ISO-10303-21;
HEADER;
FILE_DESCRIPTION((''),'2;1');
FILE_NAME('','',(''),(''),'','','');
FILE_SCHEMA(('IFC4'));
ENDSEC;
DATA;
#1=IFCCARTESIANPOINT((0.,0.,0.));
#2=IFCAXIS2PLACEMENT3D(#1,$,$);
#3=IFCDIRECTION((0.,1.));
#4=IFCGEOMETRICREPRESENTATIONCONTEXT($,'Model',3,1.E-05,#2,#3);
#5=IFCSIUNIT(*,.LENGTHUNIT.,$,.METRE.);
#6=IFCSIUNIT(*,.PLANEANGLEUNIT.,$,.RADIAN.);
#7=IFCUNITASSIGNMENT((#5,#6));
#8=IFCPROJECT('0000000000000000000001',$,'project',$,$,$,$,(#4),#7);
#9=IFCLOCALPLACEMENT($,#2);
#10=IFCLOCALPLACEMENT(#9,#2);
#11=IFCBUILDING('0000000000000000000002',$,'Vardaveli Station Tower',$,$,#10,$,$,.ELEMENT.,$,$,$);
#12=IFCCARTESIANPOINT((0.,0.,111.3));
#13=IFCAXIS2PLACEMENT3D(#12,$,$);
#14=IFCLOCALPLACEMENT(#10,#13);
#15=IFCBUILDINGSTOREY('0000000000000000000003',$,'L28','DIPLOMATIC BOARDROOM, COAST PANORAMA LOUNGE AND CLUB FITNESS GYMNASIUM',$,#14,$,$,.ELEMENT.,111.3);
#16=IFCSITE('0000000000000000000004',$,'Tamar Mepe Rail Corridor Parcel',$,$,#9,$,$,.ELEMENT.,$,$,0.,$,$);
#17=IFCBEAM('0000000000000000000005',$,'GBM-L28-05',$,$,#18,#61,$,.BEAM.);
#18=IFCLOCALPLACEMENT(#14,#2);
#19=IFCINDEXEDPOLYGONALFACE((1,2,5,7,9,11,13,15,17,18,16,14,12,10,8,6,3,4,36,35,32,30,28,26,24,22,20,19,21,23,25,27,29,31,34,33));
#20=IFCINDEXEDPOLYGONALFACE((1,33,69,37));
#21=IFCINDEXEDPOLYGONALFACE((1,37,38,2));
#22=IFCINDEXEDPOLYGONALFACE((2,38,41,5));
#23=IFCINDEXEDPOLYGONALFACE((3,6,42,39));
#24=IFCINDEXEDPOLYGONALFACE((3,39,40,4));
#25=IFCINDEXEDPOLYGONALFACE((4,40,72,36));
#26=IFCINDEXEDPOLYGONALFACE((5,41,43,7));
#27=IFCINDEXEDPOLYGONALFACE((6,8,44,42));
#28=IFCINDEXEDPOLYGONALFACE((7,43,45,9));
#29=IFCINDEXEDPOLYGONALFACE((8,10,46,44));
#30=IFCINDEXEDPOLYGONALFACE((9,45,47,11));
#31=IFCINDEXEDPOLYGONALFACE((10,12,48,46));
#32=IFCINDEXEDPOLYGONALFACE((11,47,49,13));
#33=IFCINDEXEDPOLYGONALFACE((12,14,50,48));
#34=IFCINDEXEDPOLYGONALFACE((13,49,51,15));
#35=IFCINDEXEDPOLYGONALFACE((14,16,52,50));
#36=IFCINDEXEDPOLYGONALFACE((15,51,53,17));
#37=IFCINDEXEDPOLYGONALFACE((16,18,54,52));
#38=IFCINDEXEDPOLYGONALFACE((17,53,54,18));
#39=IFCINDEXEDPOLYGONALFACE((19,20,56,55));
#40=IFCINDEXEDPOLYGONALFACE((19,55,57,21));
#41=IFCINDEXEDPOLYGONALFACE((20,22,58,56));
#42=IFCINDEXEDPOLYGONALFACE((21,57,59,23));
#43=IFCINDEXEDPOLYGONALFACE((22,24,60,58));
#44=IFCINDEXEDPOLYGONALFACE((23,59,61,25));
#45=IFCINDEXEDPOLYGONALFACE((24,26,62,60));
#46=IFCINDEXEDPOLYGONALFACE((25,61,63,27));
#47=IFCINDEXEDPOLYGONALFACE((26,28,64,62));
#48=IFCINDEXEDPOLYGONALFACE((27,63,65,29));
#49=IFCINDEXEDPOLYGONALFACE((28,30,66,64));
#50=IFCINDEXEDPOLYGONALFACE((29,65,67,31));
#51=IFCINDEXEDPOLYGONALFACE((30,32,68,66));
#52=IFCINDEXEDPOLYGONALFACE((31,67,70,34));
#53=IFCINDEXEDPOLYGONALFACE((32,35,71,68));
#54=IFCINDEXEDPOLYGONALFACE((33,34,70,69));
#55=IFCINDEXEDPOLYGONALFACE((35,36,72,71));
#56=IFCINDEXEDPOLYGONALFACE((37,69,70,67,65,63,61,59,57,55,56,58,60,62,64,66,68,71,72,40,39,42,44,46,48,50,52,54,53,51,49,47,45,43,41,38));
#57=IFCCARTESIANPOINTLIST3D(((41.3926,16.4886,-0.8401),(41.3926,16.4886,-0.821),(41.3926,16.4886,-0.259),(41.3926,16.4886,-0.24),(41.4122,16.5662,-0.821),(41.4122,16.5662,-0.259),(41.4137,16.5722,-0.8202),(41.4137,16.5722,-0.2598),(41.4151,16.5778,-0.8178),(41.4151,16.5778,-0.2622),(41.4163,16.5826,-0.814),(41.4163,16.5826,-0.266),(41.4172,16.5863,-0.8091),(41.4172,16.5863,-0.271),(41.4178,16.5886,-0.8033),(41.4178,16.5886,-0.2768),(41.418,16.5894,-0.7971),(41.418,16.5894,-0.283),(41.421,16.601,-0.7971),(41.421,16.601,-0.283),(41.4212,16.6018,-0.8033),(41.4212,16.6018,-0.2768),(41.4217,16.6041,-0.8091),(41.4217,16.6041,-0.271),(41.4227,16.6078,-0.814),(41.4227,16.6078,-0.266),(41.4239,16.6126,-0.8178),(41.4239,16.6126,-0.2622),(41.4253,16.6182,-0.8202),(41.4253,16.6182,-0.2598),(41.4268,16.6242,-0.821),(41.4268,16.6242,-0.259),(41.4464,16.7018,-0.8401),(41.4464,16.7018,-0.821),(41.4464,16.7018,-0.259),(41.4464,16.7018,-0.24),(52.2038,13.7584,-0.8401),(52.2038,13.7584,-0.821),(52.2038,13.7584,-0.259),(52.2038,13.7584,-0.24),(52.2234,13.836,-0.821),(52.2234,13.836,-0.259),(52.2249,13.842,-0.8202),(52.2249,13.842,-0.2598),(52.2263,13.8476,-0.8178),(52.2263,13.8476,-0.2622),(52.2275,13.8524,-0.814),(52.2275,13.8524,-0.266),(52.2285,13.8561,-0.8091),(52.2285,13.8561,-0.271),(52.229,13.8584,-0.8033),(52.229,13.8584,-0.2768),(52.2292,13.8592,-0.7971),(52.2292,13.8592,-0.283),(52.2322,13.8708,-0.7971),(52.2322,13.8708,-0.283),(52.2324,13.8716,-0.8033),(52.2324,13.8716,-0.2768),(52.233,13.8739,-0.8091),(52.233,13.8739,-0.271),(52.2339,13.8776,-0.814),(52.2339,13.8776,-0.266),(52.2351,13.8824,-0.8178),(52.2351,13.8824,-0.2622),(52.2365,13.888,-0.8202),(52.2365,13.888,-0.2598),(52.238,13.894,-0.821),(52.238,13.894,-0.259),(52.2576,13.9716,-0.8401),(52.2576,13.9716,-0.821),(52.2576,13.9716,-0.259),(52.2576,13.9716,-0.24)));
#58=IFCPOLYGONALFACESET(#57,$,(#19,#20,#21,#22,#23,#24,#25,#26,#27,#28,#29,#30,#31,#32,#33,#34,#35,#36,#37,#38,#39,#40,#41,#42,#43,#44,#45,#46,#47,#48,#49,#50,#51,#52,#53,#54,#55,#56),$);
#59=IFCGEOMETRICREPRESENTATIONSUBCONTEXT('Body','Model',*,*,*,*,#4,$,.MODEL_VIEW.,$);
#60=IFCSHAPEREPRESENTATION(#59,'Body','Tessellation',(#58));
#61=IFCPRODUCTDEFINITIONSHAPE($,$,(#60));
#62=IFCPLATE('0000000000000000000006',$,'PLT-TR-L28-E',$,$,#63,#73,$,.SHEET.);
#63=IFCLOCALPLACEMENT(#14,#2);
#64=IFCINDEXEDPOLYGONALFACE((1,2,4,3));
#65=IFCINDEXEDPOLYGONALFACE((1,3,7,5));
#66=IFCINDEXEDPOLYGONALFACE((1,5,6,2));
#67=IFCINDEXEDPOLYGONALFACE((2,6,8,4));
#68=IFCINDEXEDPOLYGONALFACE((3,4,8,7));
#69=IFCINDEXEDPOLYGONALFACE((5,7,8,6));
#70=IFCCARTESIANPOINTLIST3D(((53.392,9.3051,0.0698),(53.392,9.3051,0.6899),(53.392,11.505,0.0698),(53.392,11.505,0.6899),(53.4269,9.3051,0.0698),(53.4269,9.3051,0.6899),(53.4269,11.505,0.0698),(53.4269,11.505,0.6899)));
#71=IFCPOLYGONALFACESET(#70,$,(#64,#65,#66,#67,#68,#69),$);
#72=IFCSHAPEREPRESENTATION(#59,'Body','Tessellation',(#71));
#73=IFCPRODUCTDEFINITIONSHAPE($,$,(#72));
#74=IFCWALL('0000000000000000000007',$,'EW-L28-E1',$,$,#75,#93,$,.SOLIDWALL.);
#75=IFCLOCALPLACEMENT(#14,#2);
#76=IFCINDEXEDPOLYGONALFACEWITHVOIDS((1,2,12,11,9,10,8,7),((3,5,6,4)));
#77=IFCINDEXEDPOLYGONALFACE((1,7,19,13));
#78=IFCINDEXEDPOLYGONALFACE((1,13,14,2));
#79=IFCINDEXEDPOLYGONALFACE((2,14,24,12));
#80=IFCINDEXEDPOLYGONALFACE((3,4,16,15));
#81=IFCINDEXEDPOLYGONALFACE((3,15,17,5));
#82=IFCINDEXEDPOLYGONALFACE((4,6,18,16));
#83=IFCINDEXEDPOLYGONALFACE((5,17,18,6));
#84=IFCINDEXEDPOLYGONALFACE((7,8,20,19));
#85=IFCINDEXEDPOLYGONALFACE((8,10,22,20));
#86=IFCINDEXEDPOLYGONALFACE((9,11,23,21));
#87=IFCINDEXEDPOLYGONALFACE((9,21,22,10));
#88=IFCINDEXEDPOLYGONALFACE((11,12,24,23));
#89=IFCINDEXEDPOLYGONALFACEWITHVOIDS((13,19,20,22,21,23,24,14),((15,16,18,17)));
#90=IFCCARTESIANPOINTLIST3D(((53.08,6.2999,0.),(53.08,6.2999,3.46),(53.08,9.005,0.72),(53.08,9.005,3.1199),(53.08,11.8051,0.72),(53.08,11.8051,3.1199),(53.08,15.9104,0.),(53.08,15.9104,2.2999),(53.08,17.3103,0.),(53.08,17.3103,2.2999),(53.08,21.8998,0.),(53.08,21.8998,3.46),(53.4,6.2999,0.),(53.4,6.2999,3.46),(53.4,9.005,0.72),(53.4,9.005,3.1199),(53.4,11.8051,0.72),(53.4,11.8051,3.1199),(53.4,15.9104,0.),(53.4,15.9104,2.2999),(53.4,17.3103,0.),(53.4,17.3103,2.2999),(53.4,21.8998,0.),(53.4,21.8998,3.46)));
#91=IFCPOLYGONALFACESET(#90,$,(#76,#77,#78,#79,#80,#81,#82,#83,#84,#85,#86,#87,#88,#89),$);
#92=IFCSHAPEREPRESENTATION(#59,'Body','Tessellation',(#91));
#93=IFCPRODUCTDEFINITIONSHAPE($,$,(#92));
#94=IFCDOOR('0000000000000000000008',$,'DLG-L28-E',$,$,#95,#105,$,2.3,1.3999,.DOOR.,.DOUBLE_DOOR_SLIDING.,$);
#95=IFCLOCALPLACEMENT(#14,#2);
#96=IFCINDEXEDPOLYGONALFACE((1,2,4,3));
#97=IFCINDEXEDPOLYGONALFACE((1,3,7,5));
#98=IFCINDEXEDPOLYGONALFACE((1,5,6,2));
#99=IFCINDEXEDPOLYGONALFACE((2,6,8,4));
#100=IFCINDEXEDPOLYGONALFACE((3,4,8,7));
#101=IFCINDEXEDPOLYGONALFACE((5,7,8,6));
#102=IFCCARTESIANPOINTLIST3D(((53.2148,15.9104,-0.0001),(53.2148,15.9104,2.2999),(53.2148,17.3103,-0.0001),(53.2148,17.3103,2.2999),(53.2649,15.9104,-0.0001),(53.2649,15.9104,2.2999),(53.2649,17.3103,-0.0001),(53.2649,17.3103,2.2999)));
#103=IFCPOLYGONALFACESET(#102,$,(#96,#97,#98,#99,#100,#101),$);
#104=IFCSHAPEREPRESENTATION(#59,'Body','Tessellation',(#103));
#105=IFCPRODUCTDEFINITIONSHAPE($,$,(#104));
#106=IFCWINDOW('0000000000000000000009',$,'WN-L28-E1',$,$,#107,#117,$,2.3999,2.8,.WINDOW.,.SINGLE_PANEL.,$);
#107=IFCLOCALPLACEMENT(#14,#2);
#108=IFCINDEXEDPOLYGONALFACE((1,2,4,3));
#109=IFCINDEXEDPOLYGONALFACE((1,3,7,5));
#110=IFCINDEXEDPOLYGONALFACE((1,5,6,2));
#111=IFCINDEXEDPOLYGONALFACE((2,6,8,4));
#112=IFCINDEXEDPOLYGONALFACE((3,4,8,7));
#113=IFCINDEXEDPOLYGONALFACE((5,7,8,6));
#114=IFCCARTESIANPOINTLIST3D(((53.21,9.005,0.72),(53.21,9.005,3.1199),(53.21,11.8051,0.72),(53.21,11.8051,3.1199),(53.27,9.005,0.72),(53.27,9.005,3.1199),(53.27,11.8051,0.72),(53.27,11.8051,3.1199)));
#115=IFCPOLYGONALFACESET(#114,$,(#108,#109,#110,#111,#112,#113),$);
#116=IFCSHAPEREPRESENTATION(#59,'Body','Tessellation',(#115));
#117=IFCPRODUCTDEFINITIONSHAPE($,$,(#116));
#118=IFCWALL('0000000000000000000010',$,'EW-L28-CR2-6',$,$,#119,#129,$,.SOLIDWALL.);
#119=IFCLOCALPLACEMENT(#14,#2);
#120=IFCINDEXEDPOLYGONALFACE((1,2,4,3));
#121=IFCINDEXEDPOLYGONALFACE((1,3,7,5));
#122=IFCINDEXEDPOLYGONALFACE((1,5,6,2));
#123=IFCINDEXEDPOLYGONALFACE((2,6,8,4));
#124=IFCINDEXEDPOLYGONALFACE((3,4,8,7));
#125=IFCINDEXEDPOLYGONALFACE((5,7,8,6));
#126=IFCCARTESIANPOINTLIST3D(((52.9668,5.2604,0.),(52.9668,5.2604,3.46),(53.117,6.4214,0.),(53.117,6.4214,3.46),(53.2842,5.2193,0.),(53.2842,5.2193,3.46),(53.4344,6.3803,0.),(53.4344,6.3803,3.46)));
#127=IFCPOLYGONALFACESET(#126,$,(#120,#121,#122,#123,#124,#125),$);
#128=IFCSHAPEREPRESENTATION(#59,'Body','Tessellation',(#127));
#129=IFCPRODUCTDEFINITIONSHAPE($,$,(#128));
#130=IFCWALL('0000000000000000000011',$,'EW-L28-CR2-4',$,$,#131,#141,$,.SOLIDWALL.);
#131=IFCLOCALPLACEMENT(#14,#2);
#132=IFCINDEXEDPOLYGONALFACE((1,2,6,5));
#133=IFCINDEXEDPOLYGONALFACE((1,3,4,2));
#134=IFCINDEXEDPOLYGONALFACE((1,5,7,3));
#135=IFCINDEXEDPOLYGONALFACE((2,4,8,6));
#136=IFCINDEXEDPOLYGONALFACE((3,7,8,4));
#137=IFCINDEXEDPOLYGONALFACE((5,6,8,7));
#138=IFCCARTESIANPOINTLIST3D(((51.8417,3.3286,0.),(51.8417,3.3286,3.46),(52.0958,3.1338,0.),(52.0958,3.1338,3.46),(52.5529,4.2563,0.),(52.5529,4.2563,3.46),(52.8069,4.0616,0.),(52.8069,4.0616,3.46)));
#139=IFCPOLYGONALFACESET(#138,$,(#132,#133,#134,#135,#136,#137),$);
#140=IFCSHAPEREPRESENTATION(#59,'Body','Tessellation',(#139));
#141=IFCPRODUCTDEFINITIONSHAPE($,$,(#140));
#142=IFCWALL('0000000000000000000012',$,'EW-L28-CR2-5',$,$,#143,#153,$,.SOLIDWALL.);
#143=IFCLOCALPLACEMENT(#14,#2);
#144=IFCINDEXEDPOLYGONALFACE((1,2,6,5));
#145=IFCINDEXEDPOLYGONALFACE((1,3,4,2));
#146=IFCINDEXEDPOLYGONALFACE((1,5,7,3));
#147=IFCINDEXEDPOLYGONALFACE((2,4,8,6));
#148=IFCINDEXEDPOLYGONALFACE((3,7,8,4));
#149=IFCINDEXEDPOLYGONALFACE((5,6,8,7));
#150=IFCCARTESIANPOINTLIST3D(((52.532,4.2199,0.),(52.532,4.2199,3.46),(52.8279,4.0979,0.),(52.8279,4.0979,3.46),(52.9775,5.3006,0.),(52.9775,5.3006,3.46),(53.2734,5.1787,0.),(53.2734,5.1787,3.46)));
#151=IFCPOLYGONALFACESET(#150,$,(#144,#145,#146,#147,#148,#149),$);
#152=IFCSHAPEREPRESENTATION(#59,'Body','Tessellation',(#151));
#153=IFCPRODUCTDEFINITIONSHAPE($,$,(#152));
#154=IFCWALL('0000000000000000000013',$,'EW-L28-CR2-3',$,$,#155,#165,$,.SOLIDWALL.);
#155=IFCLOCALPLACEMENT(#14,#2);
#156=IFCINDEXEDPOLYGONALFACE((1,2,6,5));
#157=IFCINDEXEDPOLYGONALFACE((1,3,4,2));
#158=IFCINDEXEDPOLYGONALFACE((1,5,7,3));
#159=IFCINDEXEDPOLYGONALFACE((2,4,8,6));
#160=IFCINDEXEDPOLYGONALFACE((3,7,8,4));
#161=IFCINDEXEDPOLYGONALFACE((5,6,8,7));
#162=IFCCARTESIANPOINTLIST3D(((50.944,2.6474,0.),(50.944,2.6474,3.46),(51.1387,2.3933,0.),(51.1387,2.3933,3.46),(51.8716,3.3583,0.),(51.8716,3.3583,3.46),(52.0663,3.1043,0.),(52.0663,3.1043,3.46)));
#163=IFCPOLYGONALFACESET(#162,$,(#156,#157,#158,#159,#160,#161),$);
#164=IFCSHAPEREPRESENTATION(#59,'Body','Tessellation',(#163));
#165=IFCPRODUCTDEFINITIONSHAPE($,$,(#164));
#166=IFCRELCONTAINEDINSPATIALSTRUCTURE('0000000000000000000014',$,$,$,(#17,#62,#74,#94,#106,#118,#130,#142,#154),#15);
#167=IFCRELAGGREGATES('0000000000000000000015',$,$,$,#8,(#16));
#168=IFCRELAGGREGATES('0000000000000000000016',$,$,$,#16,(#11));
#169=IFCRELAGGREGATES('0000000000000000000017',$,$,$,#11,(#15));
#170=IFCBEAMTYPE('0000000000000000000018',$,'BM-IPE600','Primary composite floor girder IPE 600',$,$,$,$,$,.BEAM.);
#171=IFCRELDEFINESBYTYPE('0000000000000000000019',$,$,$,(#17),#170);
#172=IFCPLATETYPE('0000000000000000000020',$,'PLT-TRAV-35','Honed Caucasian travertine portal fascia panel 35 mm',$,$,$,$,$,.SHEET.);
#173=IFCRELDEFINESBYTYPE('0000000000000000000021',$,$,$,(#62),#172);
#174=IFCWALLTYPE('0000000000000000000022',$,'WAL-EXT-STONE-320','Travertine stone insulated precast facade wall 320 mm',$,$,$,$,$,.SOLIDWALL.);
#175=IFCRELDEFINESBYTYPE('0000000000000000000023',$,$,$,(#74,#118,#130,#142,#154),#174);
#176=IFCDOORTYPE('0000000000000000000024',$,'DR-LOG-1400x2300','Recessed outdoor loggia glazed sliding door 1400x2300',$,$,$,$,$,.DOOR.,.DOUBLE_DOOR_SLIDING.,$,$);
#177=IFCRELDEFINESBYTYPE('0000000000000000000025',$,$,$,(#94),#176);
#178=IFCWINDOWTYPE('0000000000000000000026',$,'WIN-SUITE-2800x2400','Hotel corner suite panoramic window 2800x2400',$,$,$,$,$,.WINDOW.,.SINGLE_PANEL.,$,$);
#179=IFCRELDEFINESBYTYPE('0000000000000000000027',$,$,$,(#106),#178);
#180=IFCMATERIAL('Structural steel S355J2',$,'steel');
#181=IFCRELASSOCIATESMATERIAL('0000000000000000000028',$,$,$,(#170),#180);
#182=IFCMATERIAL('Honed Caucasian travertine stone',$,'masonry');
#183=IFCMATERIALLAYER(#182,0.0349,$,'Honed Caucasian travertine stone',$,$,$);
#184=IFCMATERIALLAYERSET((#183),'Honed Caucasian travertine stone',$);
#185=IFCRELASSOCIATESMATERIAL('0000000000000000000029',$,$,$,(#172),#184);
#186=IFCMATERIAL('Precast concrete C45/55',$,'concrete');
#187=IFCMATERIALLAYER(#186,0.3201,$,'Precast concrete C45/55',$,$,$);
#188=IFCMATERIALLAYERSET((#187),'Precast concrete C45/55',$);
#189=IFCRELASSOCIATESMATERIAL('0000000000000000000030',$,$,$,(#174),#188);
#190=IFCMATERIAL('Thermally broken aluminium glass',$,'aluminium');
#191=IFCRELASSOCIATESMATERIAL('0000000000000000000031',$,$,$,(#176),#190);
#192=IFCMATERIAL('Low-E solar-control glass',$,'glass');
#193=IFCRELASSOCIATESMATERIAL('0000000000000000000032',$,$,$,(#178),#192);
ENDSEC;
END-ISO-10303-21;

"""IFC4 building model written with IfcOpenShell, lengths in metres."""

from ifc_helpers import new_model, si_unit, direction, frame, frame_2d, origin, origin_2d, place, context, subcontext, project, spatial, rectangle, i_section, extrude, source, transform, mapped, material, layer, layer_set, material_profile, profile_set, type_object, element, fill, save


model = new_model("IFC4")

# Units and contexts
model_context = context("Model", 3, precision=1e-05, world=origin(), true_north=direction((0.0, 1.0)))
body_context = subcontext(model_context, "Body", "Model", "MODEL_VIEW")
ifc_project = project(units=[si_unit("LENGTHUNIT", "METRE"), si_unit("PLANEANGLEUNIT", "RADIAN")], contexts=[model_context])

# Site, building, storey
site_placement = place(None, origin())
site = spatial("IfcSite", under=ifc_project, at=site_placement, Name="Tamar Mepe Rail Corridor Parcel", CompositionType="ELEMENT", RefElevation=0.0)
building_placement = place(site_placement, origin())
building = spatial("IfcBuilding", under=site, at=building_placement, Name="Vardaveli Station Tower", CompositionType="ELEMENT")
storey_placement = place(building_placement, frame((0.0, 0.0, 111.3)))
storey = spatial("IfcBuildingStorey", under=building, at=storey_placement, Name="L28", Description="DIPLOMATIC BOARDROOM, COAST PANORAMA LOUNGE AND CLUB FITNESS GYMNASIUM", CompositionType="ELEMENT", Elevation=111.3)

# Beam
ifc_material_1 = material(Name="Precast concrete C45/55", Category="concrete")
ifc_material_2 = material(Name="Structural steel S355J2", Category="steel")
ifc_material_profile_1 = material_profile(ifc_material_2, i_section(OverallWidth=0.22, OverallDepth=0.6001, WebThickness=0.012, FlangeThickness=0.019, FilletRadius=0.0239, at=origin_2d()), Name="IPE 600")
ifc_profile_set_1 = profile_set([ifc_material_profile_1], Name="Structural steel S355J2")
beam_type_1 = type_object("IfcBeamType", Name="BM-IPE600", Description="Primary composite floor girder IPE 600", PredefinedType="BEAM", material=ifc_profile_set_1)
shared_shape_1 = source(origin(), body_context, "Body", "SweptSolid", [
    extrude(i_section(OverallWidth=0.22, OverallDepth=0.6001, WebThickness=0.012, FlangeThickness=0.019, FilletRadius=0.0239, at=origin_2d()), origin(), (0.0, 0.0, 1.0), 11.1506),
])
beam_1_placement = place(storey_placement, frame((52.2307, 13.865, -0.54), z_axis=(-0.969561, 0.244848, 0.0), x_axis=(-0.244848, -0.969561, 0.0)))
element("IfcBeam", 1, at=beam_1_placement, inside=storey, type_object=beam_type_1, Name="GBM-L28-05", PredefinedType="BEAM", context=body_context, shape_type="MappedRepresentation", body=[
    mapped(shared_shape_1, transform((0.0, 0.0, 0.0), scale=1.0)),
])

# Plate
ifc_material_3 = material(Name="Honed Caucasian travertine stone", Category="masonry")
ifc_layer_1 = layer(ifc_material_3, 0.0349, Name="Honed Caucasian travertine stone")
ifc_layer_set_1 = layer_set([ifc_layer_1], Name="Honed Caucasian travertine stone")
plate_type = type_object("IfcPlateType", Name="PLT-TRAV-35", Description="Honed Caucasian travertine portal fascia panel 35 mm", PredefinedType="SHEET", material=ifc_layer_set_1)
shared_shape_2 = source(origin(), body_context, "Body", "SweptSolid", [
    extrude(rectangle(XDim=2.2, YDim=0.0349, at=origin_2d()), origin(), (0.0, 0.0, 1.0), 0.6201),
])
plate_placement = place(storey_placement, frame((53.4094, 10.405, 0.0698), z_axis=(0.0, 0.0, 1.0), x_axis=(0.0, 1.0, 0.0)))
element("IfcPlate", 2, at=plate_placement, inside=storey, type_object=plate_type, Name="PLT-TR-L28-E", PredefinedType="SHEET", context=body_context, shape_type="MappedRepresentation", body=[
    mapped(shared_shape_2, transform((0.0, 0.0, 0.0), scale=1.0)),
])

# Wall, openings, door, window
ifc_layer_2 = layer(ifc_material_1, 0.3201, Name="Precast concrete C45/55")
ifc_layer_set_2 = layer_set([ifc_layer_2], Name="Precast concrete C45/55")
wall_type_1 = type_object("IfcWallType", Name="WAL-EXT-STONE-320", Description="Travertine stone insulated precast facade wall 320 mm", PredefinedType="SOLIDWALL", material=ifc_layer_set_2)
shared_shape_3 = source(origin(), body_context, "Body", "SweptSolid", [
    extrude(rectangle(XDim=15.5999, YDim=0.3201, at=frame_2d((7.7998, 0.0))), origin(), (0.0, 0.0, 1.0), 3.46),
])
wall_1_placement = place(storey_placement, frame((53.24, 6.3, 0.0), z_axis=(0.0, 0.0, 1.0), x_axis=(0.0, 1.0, 0.0)))
wall_1 = element("IfcWall", 3, at=wall_1_placement, inside=storey, type_object=wall_type_1, Name="EW-L28-E1", PredefinedType="SOLIDWALL", context=body_context, shape_type="MappedRepresentation", body=[
    mapped(shared_shape_3, transform((0.0, 0.0, 0.0), scale=1.0)),
])
shared_shape_4 = source(origin(), body_context, "Body", "SweptSolid", [
    extrude(rectangle(XDim=1.3999, YDim=2.3, at=frame_2d((0.7, 1.1499))), frame((0.0, 0.1699, 0.0), z_axis=(0.0, -1.0, 0.0), x_axis=(1.0, 0.0, 0.0)), (0.0, 0.0, 1.0), 0.3401),
])
opening_1_placement = place(wall_1_placement, frame((9.6104, 0.0, 0.0)))
opening_1 = element("IfcOpeningElement", 4, at=opening_1_placement, cuts=wall_1, PredefinedType="OPENING", context=body_context, shape_type="MappedRepresentation", body=[
    mapped(shared_shape_4, transform((0.0, 0.0, 0.0), scale=1.0)),
])
shared_shape_5 = source(origin(), body_context, "Body", "SweptSolid", [
    extrude(rectangle(XDim=2.8, YDim=2.3999, at=frame_2d((1.3999, 1.2))), frame((0.0, 0.1699, 0.0), z_axis=(0.0, -1.0, 0.0), x_axis=(1.0, 0.0, 0.0)), (0.0, 0.0, 1.0), 0.3401),
])
opening_2_placement = place(wall_1_placement, frame((2.7051, 0.0, 0.72)))
opening_2 = element("IfcOpeningElement", 5, at=opening_2_placement, cuts=wall_1, PredefinedType="OPENING", context=body_context, shape_type="MappedRepresentation", body=[
    mapped(shared_shape_5, transform((0.0, 0.0, 0.0), scale=1.0)),
])
ifc_material_4 = material(Name="Thermally broken aluminium glass", Category="aluminium")
door_type = type_object("IfcDoorType", Name="DR-LOG-1400x2300", Description="Recessed outdoor loggia glazed sliding door 1400x2300", OperationType="DOUBLE_DOOR_SLIDING", PredefinedType="DOOR", material=ifc_material_4)
shared_shape_6 = source(origin(), body_context, "Body", "SweptSolid", [
    extrude(rectangle(XDim=1.3999, YDim=2.3, at=frame_2d((0.7, 1.1499))), frame((0.0, 0.0249, 0.0), z_axis=(0.0, -1.0, 0.0), x_axis=(1.0, 0.0, 0.0)), (0.0, 0.0, 1.0), 0.05),
])
door_placement = place(opening_1_placement, frame((1.3999, 0.0, 0.0), z_axis=(0.0, 0.0, 1.0), x_axis=(-1.0, 0.0, 0.0)))
door = element("IfcDoor", 6, at=door_placement, inside=storey, type_object=door_type, Name="DLG-L28-E", OperationType="DOUBLE_DOOR_SLIDING", OverallHeight=2.3, OverallWidth=1.3999, PredefinedType="DOOR", context=body_context, shape_type="MappedRepresentation", body=[
    mapped(shared_shape_6, transform((0.0, 0.0, 0.0), scale=1.0)),
])
fill(opening_1, door)
ifc_material_5 = material(Name="Low-E solar-control glass", Category="glass")
window_type = type_object("IfcWindowType", Name="WIN-SUITE-2800x2400", Description="Hotel corner suite panoramic window 2800x2400", PartitioningType="SINGLE_PANEL", PredefinedType="WINDOW", material=ifc_material_5)
shared_shape_7 = source(origin(), body_context, "Body", "SweptSolid", [
    extrude(rectangle(XDim=2.8, YDim=2.3999, at=frame_2d((1.3999, 1.2))), frame((0.0, 0.03, 0.0), z_axis=(0.0, -1.0, 0.0), x_axis=(1.0, 0.0, 0.0)), (0.0, 0.0, 1.0), 0.0601),
])
window_placement = place(opening_2_placement, origin())
window = element("IfcWindow", 7, at=window_placement, inside=storey, type_object=window_type, Name="WN-L28-E1", OverallHeight=2.3999, OverallWidth=2.8, PartitioningType="SINGLE_PANEL", PredefinedType="WINDOW", context=body_context, shape_type="MappedRepresentation", body=[
    mapped(shared_shape_7, transform((0.0, 0.0, 0.0), scale=1.0)),
])
fill(opening_2, window)

# Walls
shared_shape_8 = source(origin(), body_context, "Body", "SweptSolid", [
    extrude(rectangle(XDim=1.1707, YDim=0.3201, at=frame_2d((0.5854, 0.0))), origin(), (0.0, 0.0, 1.0), 3.46),
])
wall_2_placement = place(storey_placement, frame((53.1255, 5.2397, 0.0), z_axis=(0.0, 0.0, 1.0), x_axis=(0.128269, 0.991739, 0.0)))
element("IfcWall", 8, at=wall_2_placement, inside=storey, type_object=wall_type_1, Name="EW-L28-CR2-6", PredefinedType="SOLIDWALL", context=body_context, shape_type="MappedRepresentation", body=[
    mapped(shared_shape_8, transform((0.0, 0.0, 0.0), scale=1.0)),
])
shared_shape_9 = source(origin(), body_context, "Body", "SweptSolid", [
    extrude(rectangle(XDim=1.1689, YDim=0.3201, at=frame_2d((0.5845, 0.0))), origin(), (0.0, 0.0, 1.0), 3.46),
])
for number, where, z_axis, x_axis, name in (
    (9, (51.9688, 3.2312, 0.0), (0.0, 0.0, 1.0), (0.608388, 0.79364, 0.0), "EW-L28-CR2-4"),
    (10, (52.6799, 4.1589, 0.0), (0.0, 0.0, 1.0), (0.381128, 0.924522, 0.0), "EW-L28-CR2-5"),
):
    element("IfcWall", number, at=place(storey_placement, frame(where, z_axis=z_axis, x_axis=x_axis)), inside=storey, type_object=wall_type_1, Name=name, PredefinedType="SOLIDWALL", context=body_context, shape_type="MappedRepresentation", body=[
        mapped(shared_shape_9, transform((0.0, 0.0, 0.0), scale=1.0)),
    ])
shared_shape_10 = source(origin(), body_context, "Body", "SweptSolid", [
    extrude(rectangle(XDim=1.1687, YDim=0.3201, at=frame_2d((0.5845, 0.0))), origin(), (0.0, 0.0, 1.0), 3.46),
])
wall_3_placement = place(storey_placement, frame((51.0413, 2.5203, 0.0), z_axis=(0.0, 0.0, 1.0), x_axis=(0.793664, 0.608357, 0.0)))
element("IfcWall", 11, at=wall_3_placement, inside=storey, type_object=wall_type_1, Name="EW-L28-CR2-3", PredefinedType="SOLIDWALL", context=body_context, shape_type="MappedRepresentation", body=[
    mapped(shared_shape_10, transform((0.0, 0.0, 0.0), scale=1.0)),
])

save(model, "model.ifc")
